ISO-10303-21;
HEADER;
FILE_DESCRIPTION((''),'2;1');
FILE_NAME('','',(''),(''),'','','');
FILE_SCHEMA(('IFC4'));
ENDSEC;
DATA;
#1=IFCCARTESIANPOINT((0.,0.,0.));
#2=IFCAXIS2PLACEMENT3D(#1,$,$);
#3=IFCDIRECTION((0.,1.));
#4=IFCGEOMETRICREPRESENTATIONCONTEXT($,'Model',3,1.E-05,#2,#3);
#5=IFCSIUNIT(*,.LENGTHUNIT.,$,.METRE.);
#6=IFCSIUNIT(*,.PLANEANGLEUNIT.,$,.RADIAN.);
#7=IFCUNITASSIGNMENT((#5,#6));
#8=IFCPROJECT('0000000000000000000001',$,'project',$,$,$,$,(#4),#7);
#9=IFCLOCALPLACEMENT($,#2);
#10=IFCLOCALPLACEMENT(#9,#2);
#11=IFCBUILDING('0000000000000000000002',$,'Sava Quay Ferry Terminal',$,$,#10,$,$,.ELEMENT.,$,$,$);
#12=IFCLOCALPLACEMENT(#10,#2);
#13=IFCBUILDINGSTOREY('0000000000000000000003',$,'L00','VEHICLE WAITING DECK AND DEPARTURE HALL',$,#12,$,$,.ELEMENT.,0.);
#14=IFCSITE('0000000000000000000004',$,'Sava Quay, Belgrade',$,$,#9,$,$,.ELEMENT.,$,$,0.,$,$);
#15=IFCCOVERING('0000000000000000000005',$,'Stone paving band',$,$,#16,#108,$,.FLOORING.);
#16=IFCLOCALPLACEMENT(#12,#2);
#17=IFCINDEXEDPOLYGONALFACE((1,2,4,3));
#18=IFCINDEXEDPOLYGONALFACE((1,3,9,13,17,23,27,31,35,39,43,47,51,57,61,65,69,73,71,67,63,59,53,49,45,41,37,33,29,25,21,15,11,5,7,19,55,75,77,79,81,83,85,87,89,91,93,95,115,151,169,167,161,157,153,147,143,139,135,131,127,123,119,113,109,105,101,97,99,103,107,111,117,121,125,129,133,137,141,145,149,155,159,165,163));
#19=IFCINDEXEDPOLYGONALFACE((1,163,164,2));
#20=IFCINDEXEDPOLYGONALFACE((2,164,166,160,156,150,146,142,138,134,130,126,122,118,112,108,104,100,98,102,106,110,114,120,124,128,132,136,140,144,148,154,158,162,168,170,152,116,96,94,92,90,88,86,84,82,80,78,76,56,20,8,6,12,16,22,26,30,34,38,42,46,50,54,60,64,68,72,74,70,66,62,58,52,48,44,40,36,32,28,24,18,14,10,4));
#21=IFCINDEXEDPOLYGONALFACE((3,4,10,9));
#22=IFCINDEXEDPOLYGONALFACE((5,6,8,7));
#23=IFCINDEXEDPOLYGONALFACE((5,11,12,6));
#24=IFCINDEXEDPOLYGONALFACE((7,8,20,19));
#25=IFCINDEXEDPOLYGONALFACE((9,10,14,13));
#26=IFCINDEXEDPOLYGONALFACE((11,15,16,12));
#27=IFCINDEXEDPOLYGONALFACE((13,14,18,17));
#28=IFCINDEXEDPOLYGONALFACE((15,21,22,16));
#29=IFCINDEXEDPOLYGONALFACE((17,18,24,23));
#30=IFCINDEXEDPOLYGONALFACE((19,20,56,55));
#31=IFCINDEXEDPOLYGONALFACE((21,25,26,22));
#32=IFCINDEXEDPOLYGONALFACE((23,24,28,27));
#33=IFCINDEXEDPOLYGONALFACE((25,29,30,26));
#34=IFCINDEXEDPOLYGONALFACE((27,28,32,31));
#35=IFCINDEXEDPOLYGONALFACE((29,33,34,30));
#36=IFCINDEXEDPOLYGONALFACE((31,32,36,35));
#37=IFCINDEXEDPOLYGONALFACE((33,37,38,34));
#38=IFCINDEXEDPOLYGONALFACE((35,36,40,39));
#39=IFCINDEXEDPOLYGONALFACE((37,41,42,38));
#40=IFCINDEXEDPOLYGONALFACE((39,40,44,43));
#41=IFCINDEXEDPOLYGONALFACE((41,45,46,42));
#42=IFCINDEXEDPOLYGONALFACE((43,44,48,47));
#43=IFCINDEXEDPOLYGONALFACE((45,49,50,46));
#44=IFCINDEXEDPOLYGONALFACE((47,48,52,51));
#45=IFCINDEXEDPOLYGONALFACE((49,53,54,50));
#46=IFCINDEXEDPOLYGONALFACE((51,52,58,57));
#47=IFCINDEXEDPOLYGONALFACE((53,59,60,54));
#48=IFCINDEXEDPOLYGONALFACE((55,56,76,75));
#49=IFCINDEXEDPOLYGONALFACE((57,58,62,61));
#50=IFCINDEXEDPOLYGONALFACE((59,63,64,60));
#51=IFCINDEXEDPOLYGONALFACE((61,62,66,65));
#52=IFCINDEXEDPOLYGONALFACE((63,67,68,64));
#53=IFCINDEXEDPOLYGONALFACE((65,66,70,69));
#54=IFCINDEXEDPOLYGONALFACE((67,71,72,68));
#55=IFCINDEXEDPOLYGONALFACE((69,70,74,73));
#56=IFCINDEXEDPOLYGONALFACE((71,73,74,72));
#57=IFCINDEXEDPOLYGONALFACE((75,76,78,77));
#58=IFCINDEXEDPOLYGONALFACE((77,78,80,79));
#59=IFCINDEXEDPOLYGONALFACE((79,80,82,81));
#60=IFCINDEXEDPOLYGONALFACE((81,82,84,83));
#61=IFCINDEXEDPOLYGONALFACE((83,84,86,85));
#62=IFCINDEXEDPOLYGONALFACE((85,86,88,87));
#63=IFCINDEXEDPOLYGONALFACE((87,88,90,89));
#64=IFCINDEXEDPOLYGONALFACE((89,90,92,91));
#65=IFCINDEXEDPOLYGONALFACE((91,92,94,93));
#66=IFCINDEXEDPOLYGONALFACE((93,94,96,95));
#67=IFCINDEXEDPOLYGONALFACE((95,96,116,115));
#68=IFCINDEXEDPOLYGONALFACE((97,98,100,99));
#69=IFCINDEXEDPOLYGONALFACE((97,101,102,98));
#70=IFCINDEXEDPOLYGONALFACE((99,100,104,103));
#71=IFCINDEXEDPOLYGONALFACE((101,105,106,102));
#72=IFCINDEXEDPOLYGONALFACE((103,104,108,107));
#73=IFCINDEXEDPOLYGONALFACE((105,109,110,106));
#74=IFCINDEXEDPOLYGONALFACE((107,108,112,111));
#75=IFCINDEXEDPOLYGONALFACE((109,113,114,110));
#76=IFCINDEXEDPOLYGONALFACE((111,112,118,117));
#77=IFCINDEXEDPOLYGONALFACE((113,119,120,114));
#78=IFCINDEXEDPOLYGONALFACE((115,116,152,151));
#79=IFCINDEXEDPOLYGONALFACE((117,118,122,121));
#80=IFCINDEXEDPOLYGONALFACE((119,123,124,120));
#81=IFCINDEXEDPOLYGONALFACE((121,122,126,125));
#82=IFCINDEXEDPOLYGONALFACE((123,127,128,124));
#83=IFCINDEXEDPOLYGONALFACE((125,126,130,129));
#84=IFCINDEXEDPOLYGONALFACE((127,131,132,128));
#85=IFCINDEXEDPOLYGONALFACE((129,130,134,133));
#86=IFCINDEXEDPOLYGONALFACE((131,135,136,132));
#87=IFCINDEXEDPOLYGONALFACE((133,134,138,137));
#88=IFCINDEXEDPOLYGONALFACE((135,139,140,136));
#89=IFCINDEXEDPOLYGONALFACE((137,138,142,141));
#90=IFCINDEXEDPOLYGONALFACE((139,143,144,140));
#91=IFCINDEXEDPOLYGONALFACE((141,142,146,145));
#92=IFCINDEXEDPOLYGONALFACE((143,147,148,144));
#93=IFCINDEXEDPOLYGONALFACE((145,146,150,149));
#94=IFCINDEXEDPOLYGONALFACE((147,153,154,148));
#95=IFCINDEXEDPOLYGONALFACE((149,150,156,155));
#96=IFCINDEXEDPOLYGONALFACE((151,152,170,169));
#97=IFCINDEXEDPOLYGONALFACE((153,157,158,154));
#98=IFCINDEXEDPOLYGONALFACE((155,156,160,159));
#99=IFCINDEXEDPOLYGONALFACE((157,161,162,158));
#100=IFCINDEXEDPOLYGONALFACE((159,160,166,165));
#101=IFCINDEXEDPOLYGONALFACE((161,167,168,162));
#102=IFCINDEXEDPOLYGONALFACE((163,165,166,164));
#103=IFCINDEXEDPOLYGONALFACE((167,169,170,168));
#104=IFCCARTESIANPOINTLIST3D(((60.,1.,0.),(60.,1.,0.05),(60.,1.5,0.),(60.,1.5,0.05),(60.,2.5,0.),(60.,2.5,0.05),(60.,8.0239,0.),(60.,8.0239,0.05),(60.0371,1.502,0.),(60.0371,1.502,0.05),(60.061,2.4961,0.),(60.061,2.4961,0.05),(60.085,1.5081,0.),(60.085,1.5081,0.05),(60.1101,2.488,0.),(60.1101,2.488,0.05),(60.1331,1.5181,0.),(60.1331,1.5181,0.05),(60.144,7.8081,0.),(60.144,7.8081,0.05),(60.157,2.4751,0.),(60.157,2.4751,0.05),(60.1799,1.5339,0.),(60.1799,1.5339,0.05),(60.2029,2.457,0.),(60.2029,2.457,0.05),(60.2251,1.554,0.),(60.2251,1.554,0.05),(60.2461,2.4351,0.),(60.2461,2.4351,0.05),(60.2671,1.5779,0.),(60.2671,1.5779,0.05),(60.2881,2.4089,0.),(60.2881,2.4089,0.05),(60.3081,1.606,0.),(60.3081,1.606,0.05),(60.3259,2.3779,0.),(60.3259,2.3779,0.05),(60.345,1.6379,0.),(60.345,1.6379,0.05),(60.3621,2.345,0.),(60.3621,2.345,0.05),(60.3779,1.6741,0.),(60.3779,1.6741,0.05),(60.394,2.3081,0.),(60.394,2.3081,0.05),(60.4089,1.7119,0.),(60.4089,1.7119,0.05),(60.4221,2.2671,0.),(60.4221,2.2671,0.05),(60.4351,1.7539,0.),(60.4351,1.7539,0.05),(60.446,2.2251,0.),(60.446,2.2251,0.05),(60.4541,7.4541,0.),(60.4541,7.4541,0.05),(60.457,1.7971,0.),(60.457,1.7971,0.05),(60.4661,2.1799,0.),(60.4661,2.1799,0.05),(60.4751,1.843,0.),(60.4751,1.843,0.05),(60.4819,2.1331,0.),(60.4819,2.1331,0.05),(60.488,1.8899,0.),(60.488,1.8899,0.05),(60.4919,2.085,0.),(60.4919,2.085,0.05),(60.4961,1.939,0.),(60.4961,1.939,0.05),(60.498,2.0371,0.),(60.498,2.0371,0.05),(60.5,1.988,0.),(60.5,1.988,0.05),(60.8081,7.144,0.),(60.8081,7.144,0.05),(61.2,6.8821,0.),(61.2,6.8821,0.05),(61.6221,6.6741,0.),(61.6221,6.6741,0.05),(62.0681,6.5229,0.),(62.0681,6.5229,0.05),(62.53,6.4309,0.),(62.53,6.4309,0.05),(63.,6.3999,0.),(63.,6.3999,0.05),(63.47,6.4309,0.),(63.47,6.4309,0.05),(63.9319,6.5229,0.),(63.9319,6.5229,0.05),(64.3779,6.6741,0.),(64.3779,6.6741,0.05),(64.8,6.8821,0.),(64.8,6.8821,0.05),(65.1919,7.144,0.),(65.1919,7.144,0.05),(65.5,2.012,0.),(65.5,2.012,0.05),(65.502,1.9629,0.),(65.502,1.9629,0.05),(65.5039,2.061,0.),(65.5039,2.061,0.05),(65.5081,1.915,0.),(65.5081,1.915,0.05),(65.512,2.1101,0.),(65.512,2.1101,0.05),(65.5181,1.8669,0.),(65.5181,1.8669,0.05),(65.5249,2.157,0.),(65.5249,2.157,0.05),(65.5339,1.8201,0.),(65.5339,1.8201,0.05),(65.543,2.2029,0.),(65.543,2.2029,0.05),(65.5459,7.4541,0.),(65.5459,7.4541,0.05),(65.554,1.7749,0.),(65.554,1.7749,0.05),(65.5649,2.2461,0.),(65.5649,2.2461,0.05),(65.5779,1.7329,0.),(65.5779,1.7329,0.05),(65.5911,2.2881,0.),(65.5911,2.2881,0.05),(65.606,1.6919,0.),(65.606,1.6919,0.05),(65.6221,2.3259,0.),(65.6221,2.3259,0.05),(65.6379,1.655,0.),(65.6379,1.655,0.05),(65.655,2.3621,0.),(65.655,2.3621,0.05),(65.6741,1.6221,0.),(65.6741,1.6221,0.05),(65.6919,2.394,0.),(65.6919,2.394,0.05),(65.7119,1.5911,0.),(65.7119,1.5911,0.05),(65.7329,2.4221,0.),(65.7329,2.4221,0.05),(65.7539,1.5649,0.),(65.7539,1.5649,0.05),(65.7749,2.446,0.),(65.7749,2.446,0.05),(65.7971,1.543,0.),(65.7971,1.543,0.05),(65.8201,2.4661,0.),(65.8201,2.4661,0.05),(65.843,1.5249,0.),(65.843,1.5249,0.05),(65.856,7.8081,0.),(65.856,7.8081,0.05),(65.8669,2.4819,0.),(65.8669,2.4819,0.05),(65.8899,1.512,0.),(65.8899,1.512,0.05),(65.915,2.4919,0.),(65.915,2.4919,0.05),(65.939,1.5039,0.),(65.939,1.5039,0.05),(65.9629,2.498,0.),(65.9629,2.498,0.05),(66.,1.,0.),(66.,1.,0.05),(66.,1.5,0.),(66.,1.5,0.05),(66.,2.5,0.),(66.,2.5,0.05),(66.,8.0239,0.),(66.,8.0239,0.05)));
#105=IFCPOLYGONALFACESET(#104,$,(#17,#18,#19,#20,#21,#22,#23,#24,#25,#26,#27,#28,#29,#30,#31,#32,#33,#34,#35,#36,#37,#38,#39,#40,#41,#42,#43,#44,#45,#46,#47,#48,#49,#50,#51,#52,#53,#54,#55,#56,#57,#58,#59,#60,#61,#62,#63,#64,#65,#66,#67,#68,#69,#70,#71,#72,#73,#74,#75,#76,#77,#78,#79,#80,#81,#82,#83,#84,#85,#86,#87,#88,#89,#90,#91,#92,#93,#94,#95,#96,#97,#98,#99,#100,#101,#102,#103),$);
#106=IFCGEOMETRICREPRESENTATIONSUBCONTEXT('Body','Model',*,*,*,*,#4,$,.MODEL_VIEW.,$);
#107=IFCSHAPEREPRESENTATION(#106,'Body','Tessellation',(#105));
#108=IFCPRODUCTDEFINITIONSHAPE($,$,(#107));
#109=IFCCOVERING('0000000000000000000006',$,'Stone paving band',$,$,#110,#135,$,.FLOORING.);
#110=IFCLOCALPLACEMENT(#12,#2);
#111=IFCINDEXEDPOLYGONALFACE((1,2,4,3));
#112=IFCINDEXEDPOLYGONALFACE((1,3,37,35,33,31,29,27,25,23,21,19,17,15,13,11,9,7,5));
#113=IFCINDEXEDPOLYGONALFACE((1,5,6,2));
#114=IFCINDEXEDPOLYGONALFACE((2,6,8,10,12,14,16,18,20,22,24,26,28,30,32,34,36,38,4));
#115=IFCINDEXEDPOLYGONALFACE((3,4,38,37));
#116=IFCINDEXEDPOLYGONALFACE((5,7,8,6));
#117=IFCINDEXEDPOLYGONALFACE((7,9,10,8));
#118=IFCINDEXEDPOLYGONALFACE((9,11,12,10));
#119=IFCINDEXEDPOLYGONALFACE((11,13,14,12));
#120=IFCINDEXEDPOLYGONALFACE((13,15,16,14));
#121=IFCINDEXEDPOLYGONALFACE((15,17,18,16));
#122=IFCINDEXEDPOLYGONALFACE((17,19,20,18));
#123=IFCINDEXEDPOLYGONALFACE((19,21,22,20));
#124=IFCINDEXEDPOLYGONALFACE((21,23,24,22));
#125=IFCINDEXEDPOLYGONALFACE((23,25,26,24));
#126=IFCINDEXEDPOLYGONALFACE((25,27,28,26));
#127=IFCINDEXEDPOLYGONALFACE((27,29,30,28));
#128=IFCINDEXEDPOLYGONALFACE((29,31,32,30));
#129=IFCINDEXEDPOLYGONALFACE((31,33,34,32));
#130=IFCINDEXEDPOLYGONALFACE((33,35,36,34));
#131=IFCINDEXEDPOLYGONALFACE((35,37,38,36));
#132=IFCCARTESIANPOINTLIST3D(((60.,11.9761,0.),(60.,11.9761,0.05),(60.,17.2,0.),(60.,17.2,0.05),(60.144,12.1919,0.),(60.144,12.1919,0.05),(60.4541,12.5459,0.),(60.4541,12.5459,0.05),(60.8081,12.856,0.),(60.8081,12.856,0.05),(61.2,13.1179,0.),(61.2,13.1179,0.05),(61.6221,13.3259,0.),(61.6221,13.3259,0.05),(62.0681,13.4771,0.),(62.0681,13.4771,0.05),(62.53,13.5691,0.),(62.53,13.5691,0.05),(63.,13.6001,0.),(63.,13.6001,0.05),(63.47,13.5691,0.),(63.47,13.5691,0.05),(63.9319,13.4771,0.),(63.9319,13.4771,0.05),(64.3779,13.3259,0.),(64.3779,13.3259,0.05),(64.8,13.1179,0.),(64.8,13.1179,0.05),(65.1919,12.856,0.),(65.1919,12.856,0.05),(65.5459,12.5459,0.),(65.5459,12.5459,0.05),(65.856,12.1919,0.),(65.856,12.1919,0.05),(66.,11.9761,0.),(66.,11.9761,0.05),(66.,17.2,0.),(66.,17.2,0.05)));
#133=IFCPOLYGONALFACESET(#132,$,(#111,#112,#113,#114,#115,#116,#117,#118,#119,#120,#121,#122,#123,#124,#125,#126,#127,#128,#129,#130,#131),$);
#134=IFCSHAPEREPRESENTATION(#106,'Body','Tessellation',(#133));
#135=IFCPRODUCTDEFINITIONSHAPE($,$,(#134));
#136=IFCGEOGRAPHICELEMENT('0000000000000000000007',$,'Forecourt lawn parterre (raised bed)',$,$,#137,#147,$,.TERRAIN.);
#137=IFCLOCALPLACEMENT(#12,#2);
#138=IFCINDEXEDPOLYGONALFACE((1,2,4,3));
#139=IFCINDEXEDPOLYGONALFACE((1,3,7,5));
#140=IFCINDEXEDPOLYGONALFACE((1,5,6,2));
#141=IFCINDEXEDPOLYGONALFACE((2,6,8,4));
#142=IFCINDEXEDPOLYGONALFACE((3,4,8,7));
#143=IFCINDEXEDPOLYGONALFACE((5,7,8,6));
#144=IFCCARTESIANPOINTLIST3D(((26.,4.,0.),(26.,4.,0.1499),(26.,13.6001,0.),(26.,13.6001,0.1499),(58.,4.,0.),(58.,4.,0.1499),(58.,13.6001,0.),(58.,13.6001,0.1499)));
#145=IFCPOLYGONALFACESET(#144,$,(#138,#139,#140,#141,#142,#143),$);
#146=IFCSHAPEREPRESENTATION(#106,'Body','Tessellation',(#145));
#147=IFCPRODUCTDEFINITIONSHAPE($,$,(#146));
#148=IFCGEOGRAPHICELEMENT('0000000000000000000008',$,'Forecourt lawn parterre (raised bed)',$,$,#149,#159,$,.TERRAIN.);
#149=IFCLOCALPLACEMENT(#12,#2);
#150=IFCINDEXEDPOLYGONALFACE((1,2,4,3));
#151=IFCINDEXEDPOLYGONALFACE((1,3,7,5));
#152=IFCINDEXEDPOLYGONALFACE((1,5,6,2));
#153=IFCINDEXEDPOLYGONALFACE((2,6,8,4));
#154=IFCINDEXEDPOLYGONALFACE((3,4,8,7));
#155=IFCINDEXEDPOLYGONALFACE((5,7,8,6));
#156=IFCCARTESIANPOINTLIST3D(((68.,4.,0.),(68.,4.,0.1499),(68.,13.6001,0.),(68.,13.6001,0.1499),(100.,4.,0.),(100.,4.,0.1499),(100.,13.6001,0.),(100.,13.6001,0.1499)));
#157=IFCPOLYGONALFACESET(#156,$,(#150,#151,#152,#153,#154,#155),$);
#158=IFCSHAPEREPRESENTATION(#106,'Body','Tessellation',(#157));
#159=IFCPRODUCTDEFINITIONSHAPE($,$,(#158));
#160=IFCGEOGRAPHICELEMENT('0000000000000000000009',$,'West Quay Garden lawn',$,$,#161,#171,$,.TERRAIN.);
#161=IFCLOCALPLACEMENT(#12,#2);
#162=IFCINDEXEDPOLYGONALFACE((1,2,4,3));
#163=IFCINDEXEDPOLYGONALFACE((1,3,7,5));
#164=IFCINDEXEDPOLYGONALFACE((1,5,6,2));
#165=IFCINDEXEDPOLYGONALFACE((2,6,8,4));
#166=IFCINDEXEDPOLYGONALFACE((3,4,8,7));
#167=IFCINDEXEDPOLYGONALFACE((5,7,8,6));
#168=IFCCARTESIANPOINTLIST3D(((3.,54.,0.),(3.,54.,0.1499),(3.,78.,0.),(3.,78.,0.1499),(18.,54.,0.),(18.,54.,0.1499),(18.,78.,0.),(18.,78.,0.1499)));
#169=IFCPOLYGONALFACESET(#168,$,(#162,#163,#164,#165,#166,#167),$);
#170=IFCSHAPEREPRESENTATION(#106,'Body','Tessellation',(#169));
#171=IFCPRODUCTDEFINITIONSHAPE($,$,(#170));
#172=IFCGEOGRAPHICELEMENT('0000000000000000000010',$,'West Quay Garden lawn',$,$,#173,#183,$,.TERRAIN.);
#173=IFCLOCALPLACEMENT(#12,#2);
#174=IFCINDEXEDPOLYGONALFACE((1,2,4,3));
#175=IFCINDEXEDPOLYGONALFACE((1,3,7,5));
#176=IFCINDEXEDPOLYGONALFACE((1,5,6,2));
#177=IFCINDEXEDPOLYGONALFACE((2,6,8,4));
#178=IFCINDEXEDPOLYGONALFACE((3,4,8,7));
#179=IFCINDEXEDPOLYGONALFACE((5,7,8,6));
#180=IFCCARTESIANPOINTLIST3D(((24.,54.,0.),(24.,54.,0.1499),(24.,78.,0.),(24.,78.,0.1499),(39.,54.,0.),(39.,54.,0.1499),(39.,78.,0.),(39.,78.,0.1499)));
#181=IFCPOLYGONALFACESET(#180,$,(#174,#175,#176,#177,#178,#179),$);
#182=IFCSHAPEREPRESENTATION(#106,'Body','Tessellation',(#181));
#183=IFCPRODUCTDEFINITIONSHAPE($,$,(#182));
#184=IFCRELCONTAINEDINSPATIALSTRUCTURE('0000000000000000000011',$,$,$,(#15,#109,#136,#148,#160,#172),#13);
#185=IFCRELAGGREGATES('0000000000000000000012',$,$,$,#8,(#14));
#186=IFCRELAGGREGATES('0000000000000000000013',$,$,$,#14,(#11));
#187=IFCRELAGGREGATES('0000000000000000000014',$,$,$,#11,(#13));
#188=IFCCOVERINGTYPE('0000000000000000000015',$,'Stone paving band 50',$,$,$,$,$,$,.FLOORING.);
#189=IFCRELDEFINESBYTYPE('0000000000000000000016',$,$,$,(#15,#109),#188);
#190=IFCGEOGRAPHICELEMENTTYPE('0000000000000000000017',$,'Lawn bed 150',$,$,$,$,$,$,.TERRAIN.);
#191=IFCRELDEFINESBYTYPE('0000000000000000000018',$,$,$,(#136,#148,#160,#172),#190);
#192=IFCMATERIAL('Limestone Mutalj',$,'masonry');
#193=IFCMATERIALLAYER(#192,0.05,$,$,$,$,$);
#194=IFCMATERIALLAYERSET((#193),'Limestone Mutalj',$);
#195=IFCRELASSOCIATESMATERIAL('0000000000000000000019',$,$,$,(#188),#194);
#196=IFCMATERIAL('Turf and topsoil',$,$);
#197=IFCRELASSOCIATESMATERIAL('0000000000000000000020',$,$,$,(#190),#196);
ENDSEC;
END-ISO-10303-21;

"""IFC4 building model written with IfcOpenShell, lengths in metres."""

from ifc_helpers import new_model, si_unit, direction, origin, place, context, subcontext, project, spatial, polyline, outline, extrude, material, layer, layer_set, type_object, element, save


model = new_model("IFC4")

# Units and contexts
model_context = context("Model", 3, precision=1e-05, world=origin(), true_north=direction((0.0, 1.0)))
body_context = subcontext(model_context, "Body", "Model", "MODEL_VIEW")
ifc_project = project(units=[si_unit("LENGTHUNIT", "METRE"), si_unit("PLANEANGLEUNIT", "RADIAN")], contexts=[model_context])

# Site, building, storey
site_placement = place(None, origin())
site = spatial("IfcSite", under=ifc_project, at=site_placement, Name="Sava Quay, Belgrade", CompositionType="ELEMENT", RefElevation=0.0)
building_placement = place(site_placement, origin())
building = spatial("IfcBuilding", under=site, at=building_placement, Name="Sava Quay Ferry Terminal", CompositionType="ELEMENT")
storey_placement = place(building_placement, origin())
storey = spatial("IfcBuildingStorey", under=building, at=storey_placement, Name="L00", Description="VEHICLE WAITING DECK AND DEPARTURE HALL", CompositionType="ELEMENT", Elevation=0.0)

# Coverings
ifc_material_1 = material(Name="Limestone Mutalj", Category="masonry")
ifc_layer_1 = layer(ifc_material_1, 0.05)
ifc_layer_set_1 = layer_set([ifc_layer_1], Name="Limestone Mutalj")
covering_type_1 = type_object("IfcCoveringType", Name="Stone paving band 50", PredefinedType="FLOORING", material=ifc_layer_set_1)
covering_1_placement = place(storey_placement, origin())
element("IfcCovering", 1, at=covering_1_placement, inside=storey, type_object=covering_type_1, Name="Stone paving band", PredefinedType="FLOORING", context=body_context, shape_type="SweptSolid", body=[
    extrude(outline(polyline([(60.0, 1.5), (60.0, 1.0), (66.0, 1.0), (66.0, 1.5), (65.939, 1.5039), (65.8899, 1.512), (65.843, 1.5249), (65.7971, 1.543), (65.7539, 1.5649), (65.7119, 1.5911), (65.6741, 1.6221), (65.6379, 1.655), (65.606, 1.6919), (65.5779, 1.7329), (65.554, 1.7749), (65.5339, 1.8201), (65.5181, 1.8669), (65.5081, 1.915), (65.502, 1.9629), (65.5, 2.012), (65.5039, 2.061), (65.512, 2.1101), (65.5249, 2.157), (65.543, 2.2029), (65.5649, 2.2461), (65.5911, 2.2881), (65.6221, 2.3259), (65.655, 2.3621), (65.6919, 2.394), (65.7329, 2.4221), (65.7749, 2.446), (65.8201, 2.4661), (65.8669, 2.4819), (65.915, 2.4919), (65.9629, 2.498), (66.0, 2.5), (66.0, 8.0239), (65.856, 7.8081), (65.5459, 7.4541), (65.1919, 7.144), (64.8, 6.8821), (64.3779, 6.6741), (63.9319, 6.5229), (63.47, 6.4309), (63.0, 6.3999), (62.53, 6.4309), (62.0681, 6.5229), (61.6221, 6.6741), (61.2, 6.8821), (60.8081, 7.144), (60.4541, 7.4541), (60.144, 7.8081), (60.0, 8.0239), (60.0, 2.5), (60.061, 2.4961), (60.1101, 2.488), (60.157, 2.4751), (60.2029, 2.457), (60.2461, 2.4351), (60.2881, 2.4089), (60.3259, 2.3779), (60.3621, 2.345), (60.394, 2.3081), (60.4221, 2.2671), (60.446, 2.2251), (60.4661, 2.1799), (60.4819, 2.1331), (60.4919, 2.085), (60.498, 2.0371), (60.5, 1.988), (60.4961, 1.939), (60.488, 1.8899), (60.4751, 1.843), (60.457, 1.7971), (60.4351, 1.7539), (60.4089, 1.7119), (60.3779, 1.6741), (60.345, 1.6379), (60.3081, 1.606), (60.2671, 1.5779), (60.2251, 1.554), (60.1799, 1.5339), (60.1331, 1.5181), (60.085, 1.5081), (60.0371, 1.502), (60.0, 1.5)])), origin(), (0.0, 0.0, 1.0), 0.05),
])
covering_2_placement = place(storey_placement, origin())
element("IfcCovering", 2, at=covering_2_placement, inside=storey, type_object=covering_type_1, Name="Stone paving band", PredefinedType="FLOORING", context=body_context, shape_type="SweptSolid", body=[
    extrude(outline(polyline([(60.0, 17.2), (60.0, 11.9761), (60.144, 12.1919), (60.4541, 12.5459), (60.8081, 12.856), (61.2, 13.1179), (61.6221, 13.3259), (62.0681, 13.4771), (62.53, 13.5691), (63.0, 13.6001), (63.47, 13.5691), (63.9319, 13.4771), (64.3779, 13.3259), (64.8, 13.1179), (65.1919, 12.856), (65.5459, 12.5459), (65.856, 12.1919), (66.0, 11.9761), (66.0, 17.2), (60.0, 17.2)])), origin(), (0.0, 0.0, 1.0), 0.05),
])

# Geographic elements
ifc_material_2 = material(Name="Turf and topsoil")
geographic_element_type = type_object("IfcGeographicElementType", Name="Lawn bed 150", PredefinedType="TERRAIN", material=ifc_material_2)
geographic_element_1_placement = place(storey_placement, origin())
element("IfcGeographicElement", 3, at=geographic_element_1_placement, inside=storey, type_object=geographic_element_type, Name="Forecourt lawn parterre (raised bed)", PredefinedType="TERRAIN", context=body_context, shape_type="SweptSolid", body=[
    extrude(outline(polyline([(58.0, 4.0), (58.0, 13.6001), (26.0, 13.6001), (26.0, 4.0), (58.0, 4.0)])), origin(), (0.0, 0.0, 1.0), 0.1499),
])
geographic_element_2_placement = place(storey_placement, origin())
element("IfcGeographicElement", 4, at=geographic_element_2_placement, inside=storey, type_object=geographic_element_type, Name="Forecourt lawn parterre (raised bed)", PredefinedType="TERRAIN", context=body_context, shape_type="SweptSolid", body=[
    extrude(outline(polyline([(100.0, 4.0), (100.0, 13.6001), (68.0, 13.6001), (68.0, 4.0), (100.0, 4.0)])), origin(), (0.0, 0.0, 1.0), 0.1499),
])
geographic_element_3_placement = place(storey_placement, origin())
element("IfcGeographicElement", 5, at=geographic_element_3_placement, inside=storey, type_object=geographic_element_type, Name="West Quay Garden lawn", PredefinedType="TERRAIN", context=body_context, shape_type="SweptSolid", body=[
    extrude(outline(polyline([(18.0, 54.0), (18.0, 78.0), (3.0, 78.0), (3.0, 54.0), (18.0, 54.0)])), origin(), (0.0, 0.0, 1.0), 0.1499),
])
geographic_element_4_placement = place(storey_placement, origin())
element("IfcGeographicElement", 6, at=geographic_element_4_placement, inside=storey, type_object=geographic_element_type, Name="West Quay Garden lawn", PredefinedType="TERRAIN", context=body_context, shape_type="SweptSolid", body=[
    extrude(outline(polyline([(39.0, 54.0), (39.0, 78.0), (24.0, 78.0), (24.0, 54.0), (39.0, 54.0)])), origin(), (0.0, 0.0, 1.0), 0.1499),
])

save(model, "model.ifc")
